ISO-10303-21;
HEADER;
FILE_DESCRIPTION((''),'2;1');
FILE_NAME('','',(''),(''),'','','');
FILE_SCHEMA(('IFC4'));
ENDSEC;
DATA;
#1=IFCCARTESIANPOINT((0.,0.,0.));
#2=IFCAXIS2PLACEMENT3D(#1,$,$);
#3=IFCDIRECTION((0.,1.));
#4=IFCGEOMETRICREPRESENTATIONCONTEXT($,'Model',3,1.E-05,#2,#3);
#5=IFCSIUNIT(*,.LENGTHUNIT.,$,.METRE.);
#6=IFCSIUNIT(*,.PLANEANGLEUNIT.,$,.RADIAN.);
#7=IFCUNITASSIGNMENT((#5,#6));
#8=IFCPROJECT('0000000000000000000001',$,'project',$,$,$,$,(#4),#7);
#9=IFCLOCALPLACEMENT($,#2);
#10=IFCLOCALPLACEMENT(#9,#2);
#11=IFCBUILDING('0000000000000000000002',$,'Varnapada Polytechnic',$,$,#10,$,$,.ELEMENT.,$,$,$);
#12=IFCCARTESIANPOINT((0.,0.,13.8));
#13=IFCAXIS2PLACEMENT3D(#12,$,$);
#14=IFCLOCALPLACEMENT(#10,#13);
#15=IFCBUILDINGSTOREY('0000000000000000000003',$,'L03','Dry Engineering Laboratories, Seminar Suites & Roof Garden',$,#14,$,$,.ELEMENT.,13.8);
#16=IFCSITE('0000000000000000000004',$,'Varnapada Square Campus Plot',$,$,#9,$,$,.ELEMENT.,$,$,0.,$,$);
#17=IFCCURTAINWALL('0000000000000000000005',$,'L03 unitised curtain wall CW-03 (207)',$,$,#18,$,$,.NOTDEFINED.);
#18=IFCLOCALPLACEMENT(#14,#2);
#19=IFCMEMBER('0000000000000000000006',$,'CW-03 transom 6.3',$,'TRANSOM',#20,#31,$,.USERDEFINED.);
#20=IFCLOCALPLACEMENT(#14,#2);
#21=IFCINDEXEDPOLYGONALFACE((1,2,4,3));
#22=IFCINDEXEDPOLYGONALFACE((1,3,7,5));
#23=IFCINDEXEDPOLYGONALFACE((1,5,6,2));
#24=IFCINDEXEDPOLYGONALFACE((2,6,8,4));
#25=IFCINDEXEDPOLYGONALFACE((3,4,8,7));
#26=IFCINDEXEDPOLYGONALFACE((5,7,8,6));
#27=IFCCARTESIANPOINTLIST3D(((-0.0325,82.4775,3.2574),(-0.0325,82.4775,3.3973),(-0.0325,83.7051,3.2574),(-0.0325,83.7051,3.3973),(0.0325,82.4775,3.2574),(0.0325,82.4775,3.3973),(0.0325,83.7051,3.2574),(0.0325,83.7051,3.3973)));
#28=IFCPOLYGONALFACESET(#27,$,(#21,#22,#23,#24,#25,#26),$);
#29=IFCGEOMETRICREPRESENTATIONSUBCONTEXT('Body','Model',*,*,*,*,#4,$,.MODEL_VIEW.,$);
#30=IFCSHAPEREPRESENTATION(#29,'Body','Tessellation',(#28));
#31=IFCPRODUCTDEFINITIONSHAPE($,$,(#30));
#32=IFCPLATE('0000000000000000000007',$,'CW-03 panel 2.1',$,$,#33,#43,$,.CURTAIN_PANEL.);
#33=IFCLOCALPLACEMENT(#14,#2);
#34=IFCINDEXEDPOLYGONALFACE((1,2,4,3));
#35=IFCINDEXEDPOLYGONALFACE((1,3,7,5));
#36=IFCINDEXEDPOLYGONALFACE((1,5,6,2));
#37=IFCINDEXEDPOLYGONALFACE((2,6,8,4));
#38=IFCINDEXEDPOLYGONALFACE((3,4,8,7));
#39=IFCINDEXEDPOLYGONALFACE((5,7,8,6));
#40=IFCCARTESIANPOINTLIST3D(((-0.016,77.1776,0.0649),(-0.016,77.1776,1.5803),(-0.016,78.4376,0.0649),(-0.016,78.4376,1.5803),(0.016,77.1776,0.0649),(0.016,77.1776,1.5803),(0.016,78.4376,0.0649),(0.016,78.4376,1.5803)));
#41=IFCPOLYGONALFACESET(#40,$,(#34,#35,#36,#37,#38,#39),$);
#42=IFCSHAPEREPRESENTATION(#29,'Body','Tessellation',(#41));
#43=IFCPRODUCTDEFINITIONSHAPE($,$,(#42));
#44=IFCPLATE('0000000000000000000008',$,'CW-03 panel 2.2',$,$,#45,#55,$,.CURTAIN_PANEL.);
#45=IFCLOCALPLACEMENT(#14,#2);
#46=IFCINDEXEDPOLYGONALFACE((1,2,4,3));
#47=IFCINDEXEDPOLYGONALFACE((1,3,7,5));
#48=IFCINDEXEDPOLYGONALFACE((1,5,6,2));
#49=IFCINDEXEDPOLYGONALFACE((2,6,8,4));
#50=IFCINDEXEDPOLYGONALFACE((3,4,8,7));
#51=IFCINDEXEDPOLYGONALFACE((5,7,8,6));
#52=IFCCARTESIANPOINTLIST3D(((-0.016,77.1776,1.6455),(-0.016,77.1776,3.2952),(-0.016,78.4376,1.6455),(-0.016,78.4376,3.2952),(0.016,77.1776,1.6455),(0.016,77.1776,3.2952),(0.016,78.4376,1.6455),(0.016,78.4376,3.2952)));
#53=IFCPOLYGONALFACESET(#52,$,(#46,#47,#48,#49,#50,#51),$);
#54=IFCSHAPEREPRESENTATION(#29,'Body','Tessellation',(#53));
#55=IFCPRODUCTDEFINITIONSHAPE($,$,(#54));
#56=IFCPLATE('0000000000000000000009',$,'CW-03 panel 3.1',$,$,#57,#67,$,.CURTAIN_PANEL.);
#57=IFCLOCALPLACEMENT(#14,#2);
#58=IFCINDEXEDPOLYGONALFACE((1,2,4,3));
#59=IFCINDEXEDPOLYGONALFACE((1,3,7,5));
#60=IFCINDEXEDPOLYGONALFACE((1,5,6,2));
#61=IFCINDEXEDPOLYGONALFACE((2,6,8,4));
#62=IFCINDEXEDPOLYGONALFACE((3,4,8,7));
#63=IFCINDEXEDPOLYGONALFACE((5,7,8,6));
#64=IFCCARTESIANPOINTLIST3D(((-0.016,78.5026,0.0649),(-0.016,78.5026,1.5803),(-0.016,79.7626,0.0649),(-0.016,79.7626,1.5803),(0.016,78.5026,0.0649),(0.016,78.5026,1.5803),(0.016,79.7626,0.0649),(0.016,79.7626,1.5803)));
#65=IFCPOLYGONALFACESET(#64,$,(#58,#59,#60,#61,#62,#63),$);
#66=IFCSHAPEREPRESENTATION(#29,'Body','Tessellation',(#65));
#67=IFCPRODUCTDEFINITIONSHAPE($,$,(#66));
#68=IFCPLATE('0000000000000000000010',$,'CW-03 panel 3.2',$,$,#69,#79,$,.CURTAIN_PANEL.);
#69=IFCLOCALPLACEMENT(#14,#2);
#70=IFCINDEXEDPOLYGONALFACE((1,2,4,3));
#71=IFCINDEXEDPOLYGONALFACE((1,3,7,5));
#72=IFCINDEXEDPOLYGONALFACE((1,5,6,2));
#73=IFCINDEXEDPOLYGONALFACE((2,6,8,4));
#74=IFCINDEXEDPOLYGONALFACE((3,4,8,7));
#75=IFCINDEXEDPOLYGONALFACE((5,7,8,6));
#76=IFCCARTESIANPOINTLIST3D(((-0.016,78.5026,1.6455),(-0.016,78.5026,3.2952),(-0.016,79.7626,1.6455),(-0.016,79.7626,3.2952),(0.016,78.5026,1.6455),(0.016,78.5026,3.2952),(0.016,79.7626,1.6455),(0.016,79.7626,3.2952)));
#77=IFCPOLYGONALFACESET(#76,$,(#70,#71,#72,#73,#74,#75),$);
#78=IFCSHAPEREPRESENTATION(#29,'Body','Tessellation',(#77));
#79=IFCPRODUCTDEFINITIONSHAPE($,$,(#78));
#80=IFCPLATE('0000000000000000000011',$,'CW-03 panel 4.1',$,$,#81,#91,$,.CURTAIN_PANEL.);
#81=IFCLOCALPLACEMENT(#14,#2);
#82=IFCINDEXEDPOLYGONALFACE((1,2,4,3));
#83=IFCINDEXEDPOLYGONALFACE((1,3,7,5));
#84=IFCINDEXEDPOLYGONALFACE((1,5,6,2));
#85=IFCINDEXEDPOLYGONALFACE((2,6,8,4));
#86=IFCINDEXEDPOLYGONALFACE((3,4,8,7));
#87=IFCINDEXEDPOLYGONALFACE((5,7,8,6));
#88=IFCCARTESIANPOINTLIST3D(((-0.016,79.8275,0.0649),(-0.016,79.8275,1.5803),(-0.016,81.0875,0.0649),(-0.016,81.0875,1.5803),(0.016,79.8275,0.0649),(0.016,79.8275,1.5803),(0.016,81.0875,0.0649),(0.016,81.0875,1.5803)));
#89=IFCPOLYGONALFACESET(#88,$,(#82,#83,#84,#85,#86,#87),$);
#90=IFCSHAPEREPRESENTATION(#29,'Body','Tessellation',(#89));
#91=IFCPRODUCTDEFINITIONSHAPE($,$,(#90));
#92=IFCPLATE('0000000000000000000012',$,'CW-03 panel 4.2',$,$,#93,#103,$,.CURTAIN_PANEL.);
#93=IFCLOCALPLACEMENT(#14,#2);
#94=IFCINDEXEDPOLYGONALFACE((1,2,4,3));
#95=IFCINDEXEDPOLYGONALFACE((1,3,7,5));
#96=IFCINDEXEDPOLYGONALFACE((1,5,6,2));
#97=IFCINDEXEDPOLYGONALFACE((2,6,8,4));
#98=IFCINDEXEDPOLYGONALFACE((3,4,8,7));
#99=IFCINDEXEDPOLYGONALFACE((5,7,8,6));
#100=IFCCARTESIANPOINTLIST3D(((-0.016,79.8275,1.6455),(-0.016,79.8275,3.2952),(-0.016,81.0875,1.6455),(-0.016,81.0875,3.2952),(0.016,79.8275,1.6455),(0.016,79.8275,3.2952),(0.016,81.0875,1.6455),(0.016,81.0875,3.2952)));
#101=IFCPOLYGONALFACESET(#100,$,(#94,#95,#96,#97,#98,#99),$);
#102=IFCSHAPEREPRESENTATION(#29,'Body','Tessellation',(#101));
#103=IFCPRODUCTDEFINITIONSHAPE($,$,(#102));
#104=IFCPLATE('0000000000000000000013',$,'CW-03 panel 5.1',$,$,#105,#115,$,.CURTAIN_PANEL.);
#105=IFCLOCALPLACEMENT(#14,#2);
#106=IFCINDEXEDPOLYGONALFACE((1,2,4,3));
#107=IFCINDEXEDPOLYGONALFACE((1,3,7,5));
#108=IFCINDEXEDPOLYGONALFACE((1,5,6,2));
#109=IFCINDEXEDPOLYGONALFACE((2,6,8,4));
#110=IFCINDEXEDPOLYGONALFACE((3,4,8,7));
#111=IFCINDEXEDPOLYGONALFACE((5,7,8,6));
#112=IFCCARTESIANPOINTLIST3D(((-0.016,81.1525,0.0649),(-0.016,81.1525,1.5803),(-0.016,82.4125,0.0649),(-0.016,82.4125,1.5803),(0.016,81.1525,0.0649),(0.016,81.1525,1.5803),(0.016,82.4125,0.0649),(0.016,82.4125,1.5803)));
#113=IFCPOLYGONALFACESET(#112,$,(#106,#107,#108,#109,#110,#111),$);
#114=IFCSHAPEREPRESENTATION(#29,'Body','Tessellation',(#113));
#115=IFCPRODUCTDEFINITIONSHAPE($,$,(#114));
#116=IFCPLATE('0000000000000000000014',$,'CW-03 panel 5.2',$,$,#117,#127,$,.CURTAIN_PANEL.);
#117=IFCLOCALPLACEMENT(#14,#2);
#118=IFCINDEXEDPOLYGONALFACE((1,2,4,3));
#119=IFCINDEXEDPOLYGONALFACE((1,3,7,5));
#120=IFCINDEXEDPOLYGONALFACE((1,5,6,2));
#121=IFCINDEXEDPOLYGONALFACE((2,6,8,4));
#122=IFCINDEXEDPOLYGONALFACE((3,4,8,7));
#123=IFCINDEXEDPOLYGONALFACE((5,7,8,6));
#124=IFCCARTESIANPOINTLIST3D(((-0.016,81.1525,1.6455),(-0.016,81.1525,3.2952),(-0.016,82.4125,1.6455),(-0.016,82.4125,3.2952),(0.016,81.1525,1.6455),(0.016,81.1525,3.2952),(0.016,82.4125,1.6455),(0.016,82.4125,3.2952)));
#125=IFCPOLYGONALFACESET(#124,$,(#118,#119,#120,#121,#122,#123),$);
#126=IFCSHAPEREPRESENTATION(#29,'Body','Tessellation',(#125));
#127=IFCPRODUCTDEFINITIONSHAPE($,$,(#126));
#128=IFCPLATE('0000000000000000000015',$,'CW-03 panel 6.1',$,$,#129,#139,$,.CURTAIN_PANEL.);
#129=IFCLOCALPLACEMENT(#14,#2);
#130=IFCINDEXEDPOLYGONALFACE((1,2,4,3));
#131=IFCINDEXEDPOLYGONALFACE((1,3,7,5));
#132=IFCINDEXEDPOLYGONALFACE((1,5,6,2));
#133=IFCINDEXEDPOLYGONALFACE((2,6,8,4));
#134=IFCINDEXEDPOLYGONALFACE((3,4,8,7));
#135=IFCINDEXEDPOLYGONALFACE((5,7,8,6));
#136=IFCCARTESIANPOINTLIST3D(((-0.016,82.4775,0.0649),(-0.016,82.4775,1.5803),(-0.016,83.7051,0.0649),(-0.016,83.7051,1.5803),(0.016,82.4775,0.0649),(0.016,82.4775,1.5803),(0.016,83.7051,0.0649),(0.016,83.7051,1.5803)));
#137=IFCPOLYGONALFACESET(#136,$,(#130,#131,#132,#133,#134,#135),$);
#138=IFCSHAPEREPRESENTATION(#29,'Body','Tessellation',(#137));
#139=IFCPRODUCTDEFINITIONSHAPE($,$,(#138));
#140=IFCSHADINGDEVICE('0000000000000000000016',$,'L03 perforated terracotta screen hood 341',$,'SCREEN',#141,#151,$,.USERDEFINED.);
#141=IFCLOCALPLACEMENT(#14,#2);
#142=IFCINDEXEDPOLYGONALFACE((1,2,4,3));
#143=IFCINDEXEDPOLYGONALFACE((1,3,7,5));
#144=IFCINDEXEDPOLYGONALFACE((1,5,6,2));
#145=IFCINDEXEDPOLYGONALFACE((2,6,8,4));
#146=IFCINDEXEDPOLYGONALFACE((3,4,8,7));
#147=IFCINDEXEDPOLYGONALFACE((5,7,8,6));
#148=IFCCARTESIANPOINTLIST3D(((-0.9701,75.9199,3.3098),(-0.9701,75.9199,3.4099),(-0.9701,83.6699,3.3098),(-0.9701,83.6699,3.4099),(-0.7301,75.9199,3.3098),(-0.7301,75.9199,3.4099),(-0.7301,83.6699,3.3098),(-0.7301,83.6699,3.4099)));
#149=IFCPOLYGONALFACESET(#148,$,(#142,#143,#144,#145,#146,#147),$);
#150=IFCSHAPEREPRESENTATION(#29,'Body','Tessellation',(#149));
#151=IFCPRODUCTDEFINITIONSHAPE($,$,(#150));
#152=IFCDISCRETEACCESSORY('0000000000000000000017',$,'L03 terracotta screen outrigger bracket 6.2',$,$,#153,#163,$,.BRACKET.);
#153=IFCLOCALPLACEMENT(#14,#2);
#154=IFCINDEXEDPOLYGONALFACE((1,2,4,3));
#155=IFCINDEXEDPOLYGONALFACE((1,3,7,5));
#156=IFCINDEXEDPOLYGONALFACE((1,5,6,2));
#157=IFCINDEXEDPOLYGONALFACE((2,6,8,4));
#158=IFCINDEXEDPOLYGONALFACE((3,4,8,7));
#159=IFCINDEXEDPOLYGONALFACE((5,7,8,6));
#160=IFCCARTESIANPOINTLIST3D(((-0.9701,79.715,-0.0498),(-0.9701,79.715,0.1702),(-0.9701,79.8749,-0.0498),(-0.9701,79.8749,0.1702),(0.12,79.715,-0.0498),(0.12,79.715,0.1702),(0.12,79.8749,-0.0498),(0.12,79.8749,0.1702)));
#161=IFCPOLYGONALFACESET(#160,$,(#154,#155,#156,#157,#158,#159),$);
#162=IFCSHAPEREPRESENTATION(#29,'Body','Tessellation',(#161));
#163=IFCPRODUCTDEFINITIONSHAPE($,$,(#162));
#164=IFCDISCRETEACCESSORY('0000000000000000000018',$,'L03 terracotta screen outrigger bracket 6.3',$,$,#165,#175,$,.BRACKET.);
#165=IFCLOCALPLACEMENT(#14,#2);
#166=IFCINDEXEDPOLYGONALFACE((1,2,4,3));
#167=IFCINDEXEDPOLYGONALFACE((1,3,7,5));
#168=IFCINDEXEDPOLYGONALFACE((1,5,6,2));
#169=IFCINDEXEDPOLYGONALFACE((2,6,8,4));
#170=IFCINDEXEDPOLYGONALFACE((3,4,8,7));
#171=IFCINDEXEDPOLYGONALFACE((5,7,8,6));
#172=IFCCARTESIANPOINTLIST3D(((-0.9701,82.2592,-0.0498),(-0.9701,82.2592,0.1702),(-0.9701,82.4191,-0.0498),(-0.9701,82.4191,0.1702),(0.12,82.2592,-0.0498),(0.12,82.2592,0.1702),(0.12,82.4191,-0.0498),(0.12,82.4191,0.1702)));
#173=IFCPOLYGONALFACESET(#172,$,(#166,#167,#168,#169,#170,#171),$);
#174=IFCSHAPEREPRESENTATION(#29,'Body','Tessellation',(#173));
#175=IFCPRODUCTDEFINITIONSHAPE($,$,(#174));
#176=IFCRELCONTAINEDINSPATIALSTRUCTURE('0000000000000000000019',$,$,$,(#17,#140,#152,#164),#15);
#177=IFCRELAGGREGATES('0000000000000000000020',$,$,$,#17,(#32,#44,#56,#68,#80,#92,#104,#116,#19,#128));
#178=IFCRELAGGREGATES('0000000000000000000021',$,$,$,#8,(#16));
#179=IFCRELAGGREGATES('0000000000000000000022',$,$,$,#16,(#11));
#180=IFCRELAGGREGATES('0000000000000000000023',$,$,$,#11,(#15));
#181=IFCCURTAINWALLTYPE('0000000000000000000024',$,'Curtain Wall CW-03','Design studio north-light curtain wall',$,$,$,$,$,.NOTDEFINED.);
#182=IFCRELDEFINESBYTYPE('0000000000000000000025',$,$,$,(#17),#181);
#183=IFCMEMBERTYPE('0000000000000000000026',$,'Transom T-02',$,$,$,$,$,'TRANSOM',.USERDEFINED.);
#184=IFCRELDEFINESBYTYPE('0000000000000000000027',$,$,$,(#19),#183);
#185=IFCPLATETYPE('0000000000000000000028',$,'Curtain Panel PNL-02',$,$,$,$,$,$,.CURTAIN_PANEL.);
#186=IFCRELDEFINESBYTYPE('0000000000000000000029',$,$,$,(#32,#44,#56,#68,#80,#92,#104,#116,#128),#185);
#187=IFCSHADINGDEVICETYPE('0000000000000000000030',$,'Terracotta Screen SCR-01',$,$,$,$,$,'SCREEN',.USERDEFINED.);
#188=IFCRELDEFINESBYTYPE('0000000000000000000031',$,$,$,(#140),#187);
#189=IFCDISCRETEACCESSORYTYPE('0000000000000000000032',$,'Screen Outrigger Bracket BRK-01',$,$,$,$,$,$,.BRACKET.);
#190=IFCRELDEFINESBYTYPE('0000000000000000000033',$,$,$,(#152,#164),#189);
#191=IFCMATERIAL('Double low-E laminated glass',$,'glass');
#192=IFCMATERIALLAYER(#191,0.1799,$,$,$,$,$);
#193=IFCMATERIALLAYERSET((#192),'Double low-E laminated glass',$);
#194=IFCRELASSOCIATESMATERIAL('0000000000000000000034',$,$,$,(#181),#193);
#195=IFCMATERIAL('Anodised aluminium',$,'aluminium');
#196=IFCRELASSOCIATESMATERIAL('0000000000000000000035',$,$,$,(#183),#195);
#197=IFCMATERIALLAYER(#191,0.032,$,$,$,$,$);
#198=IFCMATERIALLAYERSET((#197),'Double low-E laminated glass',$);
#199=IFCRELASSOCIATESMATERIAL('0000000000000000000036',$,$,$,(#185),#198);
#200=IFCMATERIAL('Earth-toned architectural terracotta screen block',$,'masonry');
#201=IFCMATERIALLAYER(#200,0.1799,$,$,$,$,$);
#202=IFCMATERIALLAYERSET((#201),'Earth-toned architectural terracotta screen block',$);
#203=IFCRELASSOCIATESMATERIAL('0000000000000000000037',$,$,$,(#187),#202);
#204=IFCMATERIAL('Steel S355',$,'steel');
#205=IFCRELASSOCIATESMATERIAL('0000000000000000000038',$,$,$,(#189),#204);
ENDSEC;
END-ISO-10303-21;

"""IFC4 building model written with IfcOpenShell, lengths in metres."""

from ifc_helpers import new_model, si_unit, direction, frame, origin, origin_2d, place, context, subcontext, project, spatial, rectangle, extrude, material, layer, layer_set, material_profile, profile_set, type_object, element, aggregate, save


model = new_model("IFC4")

# Units and contexts
model_context = context("Model", 3, precision=1e-05, world=origin(), true_north=direction((0.0, 1.0)))
body_context = subcontext(model_context, "Body", "Model", "MODEL_VIEW")
ifc_project = project(units=[si_unit("LENGTHUNIT", "METRE"), si_unit("PLANEANGLEUNIT", "RADIAN")], contexts=[model_context])

# Site, building, storey
site_placement = place(None, origin())
site = spatial("IfcSite", under=ifc_project, at=site_placement, Name="Varnapada Square Campus Plot", CompositionType="ELEMENT", RefElevation=0.0)
building_placement = place(site_placement, origin())
building = spatial("IfcBuilding", under=site, at=building_placement, Name="Varnapada Polytechnic", CompositionType="ELEMENT")
storey_placement = place(building_placement, frame((0.0, 0.0, 13.8)))
storey = spatial("IfcBuildingStorey", under=building, at=storey_placement, Name="L03", Description="Dry Engineering Laboratories, Seminar Suites & Roof Garden", CompositionType="ELEMENT", Elevation=13.8)

# Curtain wall, member, plates
ifc_material_1 = material(Name="Double low-E laminated glass", Category="glass")
ifc_layer_1 = layer(ifc_material_1, 0.1799)
ifc_layer_set_1 = layer_set([ifc_layer_1], Name="Double low-E laminated glass")
curtain_wall_type = type_object("IfcCurtainWallType", Name="Curtain Wall CW-03", Description="Design studio north-light curtain wall", PredefinedType="NOTDEFINED", material=ifc_layer_set_1)
curtain_wall_placement = place(storey_placement, origin())
curtain_wall = element("IfcCurtainWall", 1, at=curtain_wall_placement, inside=storey, type_object=curtain_wall_type, Name="L03 unitised curtain wall CW-03 (207)", PredefinedType="NOTDEFINED")
ifc_material_2 = material(Name="Anodised aluminium", Category="aluminium")
ifc_material_profile_1 = material_profile(ifc_material_2, rectangle(XDim=0.0649, YDim=0.1399, at=origin_2d()), Name="ALU T65x140")
ifc_profile_set_1 = profile_set([ifc_material_profile_1], Name="Anodised aluminium")
member_type_1 = type_object("IfcMemberType", Name="Transom T-02", ElementType="TRANSOM", PredefinedType="USERDEFINED", material=ifc_profile_set_1)
member_1_placement = place(storey_placement, frame((0.0, 82.4775, 3.3274), z_axis=(0.0, 1.0, 0.0), x_axis=(-1.0, 0.0, 0.0)))
member_1 = element("IfcMember", 2, at=member_1_placement, type_object=member_type_1, Name="CW-03 transom 6.3", ObjectType="TRANSOM", PredefinedType="USERDEFINED", context=body_context, shape_type="SweptSolid", body=[
    extrude(rectangle(XDim=0.0649, YDim=0.1399, at=origin_2d()), origin(), (0.0, 0.0, 1.0), 1.2275),
])
ifc_layer_2 = layer(ifc_material_1, 0.032)
ifc_layer_set_2 = layer_set([ifc_layer_2], Name="Double low-E laminated glass")
plate_type = type_object("IfcPlateType", Name="Curtain Panel PNL-02", PredefinedType="CURTAIN_PANEL", material=ifc_layer_set_2)
plate_1_placement = place(storey_placement, frame((0.0, 77.8076, 0.0649), z_axis=(0.0, 0.0, 1.0), x_axis=(0.0, 1.0, 0.0)))
plate_1 = element("IfcPlate", 3, at=plate_1_placement, type_object=plate_type, Name="CW-03 panel 2.1", PredefinedType="CURTAIN_PANEL", context=body_context, shape_type="SweptSolid", body=[
    extrude(rectangle(XDim=1.26, YDim=0.032, at=origin_2d()), origin(), (0.0, 0.0, 1.0), 1.5154),
])
plate_2_placement = place(storey_placement, frame((0.0, 77.8076, 1.6455), z_axis=(0.0, 0.0, 1.0), x_axis=(0.0, 1.0, 0.0)))
plate_2 = element("IfcPlate", 4, at=plate_2_placement, type_object=plate_type, Name="CW-03 panel 2.2", PredefinedType="CURTAIN_PANEL", context=body_context, shape_type="SweptSolid", body=[
    extrude(rectangle(XDim=1.26, YDim=0.032, at=origin_2d()), origin(), (0.0, 0.0, 1.0), 1.6497),
])
plate_3_placement = place(storey_placement, frame((0.0, 79.1326, 0.0649), z_axis=(0.0, 0.0, 1.0), x_axis=(0.0, 1.0, 0.0)))
plate_3 = element("IfcPlate", 5, at=plate_3_placement, type_object=plate_type, Name="CW-03 panel 3.1", PredefinedType="CURTAIN_PANEL", context=body_context, shape_type="SweptSolid", body=[
    extrude(rectangle(XDim=1.26, YDim=0.032, at=origin_2d()), origin(), (0.0, 0.0, 1.0), 1.5154),
])
plate_4_placement = place(storey_placement, frame((0.0, 79.1326, 1.6455), z_axis=(0.0, 0.0, 1.0), x_axis=(0.0, 1.0, 0.0)))
plate_4 = element("IfcPlate", 6, at=plate_4_placement, type_object=plate_type, Name="CW-03 panel 3.2", PredefinedType="CURTAIN_PANEL", context=body_context, shape_type="SweptSolid", body=[
    extrude(rectangle(XDim=1.26, YDim=0.032, at=origin_2d()), origin(), (0.0, 0.0, 1.0), 1.6497),
])
plate_5_placement = place(storey_placement, frame((0.0, 80.4575, 0.0649), z_axis=(0.0, 0.0, 1.0), x_axis=(0.0, 1.0, 0.0)))
plate_5 = element("IfcPlate", 7, at=plate_5_placement, type_object=plate_type, Name="CW-03 panel 4.1", PredefinedType="CURTAIN_PANEL", context=body_context, shape_type="SweptSolid", body=[
    extrude(rectangle(XDim=1.26, YDim=0.032, at=origin_2d()), origin(), (0.0, 0.0, 1.0), 1.5154),
])
plate_6_placement = place(storey_placement, frame((0.0, 80.4575, 1.6455), z_axis=(0.0, 0.0, 1.0), x_axis=(0.0, 1.0, 0.0)))
plate_6 = element("IfcPlate", 8, at=plate_6_placement, type_object=plate_type, Name="CW-03 panel 4.2", PredefinedType="CURTAIN_PANEL", context=body_context, shape_type="SweptSolid", body=[
    extrude(rectangle(XDim=1.26, YDim=0.032, at=origin_2d()), origin(), (0.0, 0.0, 1.0), 1.6497),
])
plate_7_placement = place(storey_placement, frame((0.0, 81.7825, 0.0649), z_axis=(0.0, 0.0, 1.0), x_axis=(0.0, 1.0, 0.0)))
plate_7 = element("IfcPlate", 9, at=plate_7_placement, type_object=plate_type, Name="CW-03 panel 5.1", PredefinedType="CURTAIN_PANEL", context=body_context, shape_type="SweptSolid", body=[
    extrude(rectangle(XDim=1.26, YDim=0.032, at=origin_2d()), origin(), (0.0, 0.0, 1.0), 1.5154),
])
plate_8_placement = place(storey_placement, frame((0.0, 81.7825, 1.6455), z_axis=(0.0, 0.0, 1.0), x_axis=(0.0, 1.0, 0.0)))
plate_8 = element("IfcPlate", 10, at=plate_8_placement, type_object=plate_type, Name="CW-03 panel 5.2", PredefinedType="CURTAIN_PANEL", context=body_context, shape_type="SweptSolid", body=[
    extrude(rectangle(XDim=1.26, YDim=0.032, at=origin_2d()), origin(), (0.0, 0.0, 1.0), 1.6497),
])
plate_9_placement = place(storey_placement, frame((0.0, 83.0913, 0.0649), z_axis=(0.0, 0.0, 1.0), x_axis=(0.0, 1.0, 0.0)))
plate_9 = element("IfcPlate", 11, at=plate_9_placement, type_object=plate_type, Name="CW-03 panel 6.1", PredefinedType="CURTAIN_PANEL", context=body_context, shape_type="SweptSolid", body=[
    extrude(rectangle(XDim=1.2275, YDim=0.032, at=origin_2d()), origin(), (0.0, 0.0, 1.0), 1.5154),
])
aggregate(curtain_wall, [plate_1, plate_2, plate_3, plate_4, plate_5, plate_6, plate_7, plate_8, member_1, plate_9])

# Shading device
ifc_material_3 = material(Name="Earth-toned architectural terracotta screen block", Category="masonry")
ifc_layer_3 = layer(ifc_material_3, 0.1799)
ifc_layer_set_3 = layer_set([ifc_layer_3], Name="Earth-toned architectural terracotta screen block")
shading_device_type = type_object("IfcShadingDeviceType", Name="Terracotta Screen SCR-01", ElementType="SCREEN", PredefinedType="USERDEFINED", material=ifc_layer_set_3)
shading_device_placement = place(storey_placement, frame((-0.8501, 79.7949, 3.3098), z_axis=(0.0, 0.0, 1.0), x_axis=(0.0, 1.0, 0.0)))
element("IfcShadingDevice", 12, at=shading_device_placement, inside=storey, type_object=shading_device_type, Name="L03 perforated terracotta screen hood 341", ObjectType="SCREEN", PredefinedType="USERDEFINED", context=body_context, shape_type="SweptSolid", body=[
    extrude(rectangle(XDim=7.75, YDim=0.24, at=origin_2d()), origin(), (0.0, 0.0, 1.0), 0.1001),
])

# Discrete accessories
ifc_material_4 = material(Name="Steel S355", Category="steel")
discrete_accessory_type = type_object("IfcDiscreteAccessoryType", Name="Screen Outrigger Bracket BRK-01", PredefinedType="BRACKET", material=ifc_material_4)
for number, where, z_axis, x_axis, name in (
    (13, (-0.425, 79.7949, -0.0498), (0.0, 0.0, 1.0), (0.0, 1.0, 0.0), "L03 terracotta screen outrigger bracket 6.2"),
    (14, (-0.425, 82.3391, -0.0498), (0.0, 0.0, 1.0), (0.0, 1.0, 0.0), "L03 terracotta screen outrigger bracket 6.3"),
):
    element("IfcDiscreteAccessory", number, at=place(storey_placement, frame(where, z_axis=z_axis, x_axis=x_axis)), inside=storey, type_object=discrete_accessory_type, Name=name, PredefinedType="BRACKET", context=body_context, shape_type="SweptSolid", body=[
        extrude(rectangle(XDim=0.1599, YDim=1.0901, at=origin_2d()), origin(), (0.0, 0.0, 1.0), 0.22),
    ])

save(model, "model.ifc")
